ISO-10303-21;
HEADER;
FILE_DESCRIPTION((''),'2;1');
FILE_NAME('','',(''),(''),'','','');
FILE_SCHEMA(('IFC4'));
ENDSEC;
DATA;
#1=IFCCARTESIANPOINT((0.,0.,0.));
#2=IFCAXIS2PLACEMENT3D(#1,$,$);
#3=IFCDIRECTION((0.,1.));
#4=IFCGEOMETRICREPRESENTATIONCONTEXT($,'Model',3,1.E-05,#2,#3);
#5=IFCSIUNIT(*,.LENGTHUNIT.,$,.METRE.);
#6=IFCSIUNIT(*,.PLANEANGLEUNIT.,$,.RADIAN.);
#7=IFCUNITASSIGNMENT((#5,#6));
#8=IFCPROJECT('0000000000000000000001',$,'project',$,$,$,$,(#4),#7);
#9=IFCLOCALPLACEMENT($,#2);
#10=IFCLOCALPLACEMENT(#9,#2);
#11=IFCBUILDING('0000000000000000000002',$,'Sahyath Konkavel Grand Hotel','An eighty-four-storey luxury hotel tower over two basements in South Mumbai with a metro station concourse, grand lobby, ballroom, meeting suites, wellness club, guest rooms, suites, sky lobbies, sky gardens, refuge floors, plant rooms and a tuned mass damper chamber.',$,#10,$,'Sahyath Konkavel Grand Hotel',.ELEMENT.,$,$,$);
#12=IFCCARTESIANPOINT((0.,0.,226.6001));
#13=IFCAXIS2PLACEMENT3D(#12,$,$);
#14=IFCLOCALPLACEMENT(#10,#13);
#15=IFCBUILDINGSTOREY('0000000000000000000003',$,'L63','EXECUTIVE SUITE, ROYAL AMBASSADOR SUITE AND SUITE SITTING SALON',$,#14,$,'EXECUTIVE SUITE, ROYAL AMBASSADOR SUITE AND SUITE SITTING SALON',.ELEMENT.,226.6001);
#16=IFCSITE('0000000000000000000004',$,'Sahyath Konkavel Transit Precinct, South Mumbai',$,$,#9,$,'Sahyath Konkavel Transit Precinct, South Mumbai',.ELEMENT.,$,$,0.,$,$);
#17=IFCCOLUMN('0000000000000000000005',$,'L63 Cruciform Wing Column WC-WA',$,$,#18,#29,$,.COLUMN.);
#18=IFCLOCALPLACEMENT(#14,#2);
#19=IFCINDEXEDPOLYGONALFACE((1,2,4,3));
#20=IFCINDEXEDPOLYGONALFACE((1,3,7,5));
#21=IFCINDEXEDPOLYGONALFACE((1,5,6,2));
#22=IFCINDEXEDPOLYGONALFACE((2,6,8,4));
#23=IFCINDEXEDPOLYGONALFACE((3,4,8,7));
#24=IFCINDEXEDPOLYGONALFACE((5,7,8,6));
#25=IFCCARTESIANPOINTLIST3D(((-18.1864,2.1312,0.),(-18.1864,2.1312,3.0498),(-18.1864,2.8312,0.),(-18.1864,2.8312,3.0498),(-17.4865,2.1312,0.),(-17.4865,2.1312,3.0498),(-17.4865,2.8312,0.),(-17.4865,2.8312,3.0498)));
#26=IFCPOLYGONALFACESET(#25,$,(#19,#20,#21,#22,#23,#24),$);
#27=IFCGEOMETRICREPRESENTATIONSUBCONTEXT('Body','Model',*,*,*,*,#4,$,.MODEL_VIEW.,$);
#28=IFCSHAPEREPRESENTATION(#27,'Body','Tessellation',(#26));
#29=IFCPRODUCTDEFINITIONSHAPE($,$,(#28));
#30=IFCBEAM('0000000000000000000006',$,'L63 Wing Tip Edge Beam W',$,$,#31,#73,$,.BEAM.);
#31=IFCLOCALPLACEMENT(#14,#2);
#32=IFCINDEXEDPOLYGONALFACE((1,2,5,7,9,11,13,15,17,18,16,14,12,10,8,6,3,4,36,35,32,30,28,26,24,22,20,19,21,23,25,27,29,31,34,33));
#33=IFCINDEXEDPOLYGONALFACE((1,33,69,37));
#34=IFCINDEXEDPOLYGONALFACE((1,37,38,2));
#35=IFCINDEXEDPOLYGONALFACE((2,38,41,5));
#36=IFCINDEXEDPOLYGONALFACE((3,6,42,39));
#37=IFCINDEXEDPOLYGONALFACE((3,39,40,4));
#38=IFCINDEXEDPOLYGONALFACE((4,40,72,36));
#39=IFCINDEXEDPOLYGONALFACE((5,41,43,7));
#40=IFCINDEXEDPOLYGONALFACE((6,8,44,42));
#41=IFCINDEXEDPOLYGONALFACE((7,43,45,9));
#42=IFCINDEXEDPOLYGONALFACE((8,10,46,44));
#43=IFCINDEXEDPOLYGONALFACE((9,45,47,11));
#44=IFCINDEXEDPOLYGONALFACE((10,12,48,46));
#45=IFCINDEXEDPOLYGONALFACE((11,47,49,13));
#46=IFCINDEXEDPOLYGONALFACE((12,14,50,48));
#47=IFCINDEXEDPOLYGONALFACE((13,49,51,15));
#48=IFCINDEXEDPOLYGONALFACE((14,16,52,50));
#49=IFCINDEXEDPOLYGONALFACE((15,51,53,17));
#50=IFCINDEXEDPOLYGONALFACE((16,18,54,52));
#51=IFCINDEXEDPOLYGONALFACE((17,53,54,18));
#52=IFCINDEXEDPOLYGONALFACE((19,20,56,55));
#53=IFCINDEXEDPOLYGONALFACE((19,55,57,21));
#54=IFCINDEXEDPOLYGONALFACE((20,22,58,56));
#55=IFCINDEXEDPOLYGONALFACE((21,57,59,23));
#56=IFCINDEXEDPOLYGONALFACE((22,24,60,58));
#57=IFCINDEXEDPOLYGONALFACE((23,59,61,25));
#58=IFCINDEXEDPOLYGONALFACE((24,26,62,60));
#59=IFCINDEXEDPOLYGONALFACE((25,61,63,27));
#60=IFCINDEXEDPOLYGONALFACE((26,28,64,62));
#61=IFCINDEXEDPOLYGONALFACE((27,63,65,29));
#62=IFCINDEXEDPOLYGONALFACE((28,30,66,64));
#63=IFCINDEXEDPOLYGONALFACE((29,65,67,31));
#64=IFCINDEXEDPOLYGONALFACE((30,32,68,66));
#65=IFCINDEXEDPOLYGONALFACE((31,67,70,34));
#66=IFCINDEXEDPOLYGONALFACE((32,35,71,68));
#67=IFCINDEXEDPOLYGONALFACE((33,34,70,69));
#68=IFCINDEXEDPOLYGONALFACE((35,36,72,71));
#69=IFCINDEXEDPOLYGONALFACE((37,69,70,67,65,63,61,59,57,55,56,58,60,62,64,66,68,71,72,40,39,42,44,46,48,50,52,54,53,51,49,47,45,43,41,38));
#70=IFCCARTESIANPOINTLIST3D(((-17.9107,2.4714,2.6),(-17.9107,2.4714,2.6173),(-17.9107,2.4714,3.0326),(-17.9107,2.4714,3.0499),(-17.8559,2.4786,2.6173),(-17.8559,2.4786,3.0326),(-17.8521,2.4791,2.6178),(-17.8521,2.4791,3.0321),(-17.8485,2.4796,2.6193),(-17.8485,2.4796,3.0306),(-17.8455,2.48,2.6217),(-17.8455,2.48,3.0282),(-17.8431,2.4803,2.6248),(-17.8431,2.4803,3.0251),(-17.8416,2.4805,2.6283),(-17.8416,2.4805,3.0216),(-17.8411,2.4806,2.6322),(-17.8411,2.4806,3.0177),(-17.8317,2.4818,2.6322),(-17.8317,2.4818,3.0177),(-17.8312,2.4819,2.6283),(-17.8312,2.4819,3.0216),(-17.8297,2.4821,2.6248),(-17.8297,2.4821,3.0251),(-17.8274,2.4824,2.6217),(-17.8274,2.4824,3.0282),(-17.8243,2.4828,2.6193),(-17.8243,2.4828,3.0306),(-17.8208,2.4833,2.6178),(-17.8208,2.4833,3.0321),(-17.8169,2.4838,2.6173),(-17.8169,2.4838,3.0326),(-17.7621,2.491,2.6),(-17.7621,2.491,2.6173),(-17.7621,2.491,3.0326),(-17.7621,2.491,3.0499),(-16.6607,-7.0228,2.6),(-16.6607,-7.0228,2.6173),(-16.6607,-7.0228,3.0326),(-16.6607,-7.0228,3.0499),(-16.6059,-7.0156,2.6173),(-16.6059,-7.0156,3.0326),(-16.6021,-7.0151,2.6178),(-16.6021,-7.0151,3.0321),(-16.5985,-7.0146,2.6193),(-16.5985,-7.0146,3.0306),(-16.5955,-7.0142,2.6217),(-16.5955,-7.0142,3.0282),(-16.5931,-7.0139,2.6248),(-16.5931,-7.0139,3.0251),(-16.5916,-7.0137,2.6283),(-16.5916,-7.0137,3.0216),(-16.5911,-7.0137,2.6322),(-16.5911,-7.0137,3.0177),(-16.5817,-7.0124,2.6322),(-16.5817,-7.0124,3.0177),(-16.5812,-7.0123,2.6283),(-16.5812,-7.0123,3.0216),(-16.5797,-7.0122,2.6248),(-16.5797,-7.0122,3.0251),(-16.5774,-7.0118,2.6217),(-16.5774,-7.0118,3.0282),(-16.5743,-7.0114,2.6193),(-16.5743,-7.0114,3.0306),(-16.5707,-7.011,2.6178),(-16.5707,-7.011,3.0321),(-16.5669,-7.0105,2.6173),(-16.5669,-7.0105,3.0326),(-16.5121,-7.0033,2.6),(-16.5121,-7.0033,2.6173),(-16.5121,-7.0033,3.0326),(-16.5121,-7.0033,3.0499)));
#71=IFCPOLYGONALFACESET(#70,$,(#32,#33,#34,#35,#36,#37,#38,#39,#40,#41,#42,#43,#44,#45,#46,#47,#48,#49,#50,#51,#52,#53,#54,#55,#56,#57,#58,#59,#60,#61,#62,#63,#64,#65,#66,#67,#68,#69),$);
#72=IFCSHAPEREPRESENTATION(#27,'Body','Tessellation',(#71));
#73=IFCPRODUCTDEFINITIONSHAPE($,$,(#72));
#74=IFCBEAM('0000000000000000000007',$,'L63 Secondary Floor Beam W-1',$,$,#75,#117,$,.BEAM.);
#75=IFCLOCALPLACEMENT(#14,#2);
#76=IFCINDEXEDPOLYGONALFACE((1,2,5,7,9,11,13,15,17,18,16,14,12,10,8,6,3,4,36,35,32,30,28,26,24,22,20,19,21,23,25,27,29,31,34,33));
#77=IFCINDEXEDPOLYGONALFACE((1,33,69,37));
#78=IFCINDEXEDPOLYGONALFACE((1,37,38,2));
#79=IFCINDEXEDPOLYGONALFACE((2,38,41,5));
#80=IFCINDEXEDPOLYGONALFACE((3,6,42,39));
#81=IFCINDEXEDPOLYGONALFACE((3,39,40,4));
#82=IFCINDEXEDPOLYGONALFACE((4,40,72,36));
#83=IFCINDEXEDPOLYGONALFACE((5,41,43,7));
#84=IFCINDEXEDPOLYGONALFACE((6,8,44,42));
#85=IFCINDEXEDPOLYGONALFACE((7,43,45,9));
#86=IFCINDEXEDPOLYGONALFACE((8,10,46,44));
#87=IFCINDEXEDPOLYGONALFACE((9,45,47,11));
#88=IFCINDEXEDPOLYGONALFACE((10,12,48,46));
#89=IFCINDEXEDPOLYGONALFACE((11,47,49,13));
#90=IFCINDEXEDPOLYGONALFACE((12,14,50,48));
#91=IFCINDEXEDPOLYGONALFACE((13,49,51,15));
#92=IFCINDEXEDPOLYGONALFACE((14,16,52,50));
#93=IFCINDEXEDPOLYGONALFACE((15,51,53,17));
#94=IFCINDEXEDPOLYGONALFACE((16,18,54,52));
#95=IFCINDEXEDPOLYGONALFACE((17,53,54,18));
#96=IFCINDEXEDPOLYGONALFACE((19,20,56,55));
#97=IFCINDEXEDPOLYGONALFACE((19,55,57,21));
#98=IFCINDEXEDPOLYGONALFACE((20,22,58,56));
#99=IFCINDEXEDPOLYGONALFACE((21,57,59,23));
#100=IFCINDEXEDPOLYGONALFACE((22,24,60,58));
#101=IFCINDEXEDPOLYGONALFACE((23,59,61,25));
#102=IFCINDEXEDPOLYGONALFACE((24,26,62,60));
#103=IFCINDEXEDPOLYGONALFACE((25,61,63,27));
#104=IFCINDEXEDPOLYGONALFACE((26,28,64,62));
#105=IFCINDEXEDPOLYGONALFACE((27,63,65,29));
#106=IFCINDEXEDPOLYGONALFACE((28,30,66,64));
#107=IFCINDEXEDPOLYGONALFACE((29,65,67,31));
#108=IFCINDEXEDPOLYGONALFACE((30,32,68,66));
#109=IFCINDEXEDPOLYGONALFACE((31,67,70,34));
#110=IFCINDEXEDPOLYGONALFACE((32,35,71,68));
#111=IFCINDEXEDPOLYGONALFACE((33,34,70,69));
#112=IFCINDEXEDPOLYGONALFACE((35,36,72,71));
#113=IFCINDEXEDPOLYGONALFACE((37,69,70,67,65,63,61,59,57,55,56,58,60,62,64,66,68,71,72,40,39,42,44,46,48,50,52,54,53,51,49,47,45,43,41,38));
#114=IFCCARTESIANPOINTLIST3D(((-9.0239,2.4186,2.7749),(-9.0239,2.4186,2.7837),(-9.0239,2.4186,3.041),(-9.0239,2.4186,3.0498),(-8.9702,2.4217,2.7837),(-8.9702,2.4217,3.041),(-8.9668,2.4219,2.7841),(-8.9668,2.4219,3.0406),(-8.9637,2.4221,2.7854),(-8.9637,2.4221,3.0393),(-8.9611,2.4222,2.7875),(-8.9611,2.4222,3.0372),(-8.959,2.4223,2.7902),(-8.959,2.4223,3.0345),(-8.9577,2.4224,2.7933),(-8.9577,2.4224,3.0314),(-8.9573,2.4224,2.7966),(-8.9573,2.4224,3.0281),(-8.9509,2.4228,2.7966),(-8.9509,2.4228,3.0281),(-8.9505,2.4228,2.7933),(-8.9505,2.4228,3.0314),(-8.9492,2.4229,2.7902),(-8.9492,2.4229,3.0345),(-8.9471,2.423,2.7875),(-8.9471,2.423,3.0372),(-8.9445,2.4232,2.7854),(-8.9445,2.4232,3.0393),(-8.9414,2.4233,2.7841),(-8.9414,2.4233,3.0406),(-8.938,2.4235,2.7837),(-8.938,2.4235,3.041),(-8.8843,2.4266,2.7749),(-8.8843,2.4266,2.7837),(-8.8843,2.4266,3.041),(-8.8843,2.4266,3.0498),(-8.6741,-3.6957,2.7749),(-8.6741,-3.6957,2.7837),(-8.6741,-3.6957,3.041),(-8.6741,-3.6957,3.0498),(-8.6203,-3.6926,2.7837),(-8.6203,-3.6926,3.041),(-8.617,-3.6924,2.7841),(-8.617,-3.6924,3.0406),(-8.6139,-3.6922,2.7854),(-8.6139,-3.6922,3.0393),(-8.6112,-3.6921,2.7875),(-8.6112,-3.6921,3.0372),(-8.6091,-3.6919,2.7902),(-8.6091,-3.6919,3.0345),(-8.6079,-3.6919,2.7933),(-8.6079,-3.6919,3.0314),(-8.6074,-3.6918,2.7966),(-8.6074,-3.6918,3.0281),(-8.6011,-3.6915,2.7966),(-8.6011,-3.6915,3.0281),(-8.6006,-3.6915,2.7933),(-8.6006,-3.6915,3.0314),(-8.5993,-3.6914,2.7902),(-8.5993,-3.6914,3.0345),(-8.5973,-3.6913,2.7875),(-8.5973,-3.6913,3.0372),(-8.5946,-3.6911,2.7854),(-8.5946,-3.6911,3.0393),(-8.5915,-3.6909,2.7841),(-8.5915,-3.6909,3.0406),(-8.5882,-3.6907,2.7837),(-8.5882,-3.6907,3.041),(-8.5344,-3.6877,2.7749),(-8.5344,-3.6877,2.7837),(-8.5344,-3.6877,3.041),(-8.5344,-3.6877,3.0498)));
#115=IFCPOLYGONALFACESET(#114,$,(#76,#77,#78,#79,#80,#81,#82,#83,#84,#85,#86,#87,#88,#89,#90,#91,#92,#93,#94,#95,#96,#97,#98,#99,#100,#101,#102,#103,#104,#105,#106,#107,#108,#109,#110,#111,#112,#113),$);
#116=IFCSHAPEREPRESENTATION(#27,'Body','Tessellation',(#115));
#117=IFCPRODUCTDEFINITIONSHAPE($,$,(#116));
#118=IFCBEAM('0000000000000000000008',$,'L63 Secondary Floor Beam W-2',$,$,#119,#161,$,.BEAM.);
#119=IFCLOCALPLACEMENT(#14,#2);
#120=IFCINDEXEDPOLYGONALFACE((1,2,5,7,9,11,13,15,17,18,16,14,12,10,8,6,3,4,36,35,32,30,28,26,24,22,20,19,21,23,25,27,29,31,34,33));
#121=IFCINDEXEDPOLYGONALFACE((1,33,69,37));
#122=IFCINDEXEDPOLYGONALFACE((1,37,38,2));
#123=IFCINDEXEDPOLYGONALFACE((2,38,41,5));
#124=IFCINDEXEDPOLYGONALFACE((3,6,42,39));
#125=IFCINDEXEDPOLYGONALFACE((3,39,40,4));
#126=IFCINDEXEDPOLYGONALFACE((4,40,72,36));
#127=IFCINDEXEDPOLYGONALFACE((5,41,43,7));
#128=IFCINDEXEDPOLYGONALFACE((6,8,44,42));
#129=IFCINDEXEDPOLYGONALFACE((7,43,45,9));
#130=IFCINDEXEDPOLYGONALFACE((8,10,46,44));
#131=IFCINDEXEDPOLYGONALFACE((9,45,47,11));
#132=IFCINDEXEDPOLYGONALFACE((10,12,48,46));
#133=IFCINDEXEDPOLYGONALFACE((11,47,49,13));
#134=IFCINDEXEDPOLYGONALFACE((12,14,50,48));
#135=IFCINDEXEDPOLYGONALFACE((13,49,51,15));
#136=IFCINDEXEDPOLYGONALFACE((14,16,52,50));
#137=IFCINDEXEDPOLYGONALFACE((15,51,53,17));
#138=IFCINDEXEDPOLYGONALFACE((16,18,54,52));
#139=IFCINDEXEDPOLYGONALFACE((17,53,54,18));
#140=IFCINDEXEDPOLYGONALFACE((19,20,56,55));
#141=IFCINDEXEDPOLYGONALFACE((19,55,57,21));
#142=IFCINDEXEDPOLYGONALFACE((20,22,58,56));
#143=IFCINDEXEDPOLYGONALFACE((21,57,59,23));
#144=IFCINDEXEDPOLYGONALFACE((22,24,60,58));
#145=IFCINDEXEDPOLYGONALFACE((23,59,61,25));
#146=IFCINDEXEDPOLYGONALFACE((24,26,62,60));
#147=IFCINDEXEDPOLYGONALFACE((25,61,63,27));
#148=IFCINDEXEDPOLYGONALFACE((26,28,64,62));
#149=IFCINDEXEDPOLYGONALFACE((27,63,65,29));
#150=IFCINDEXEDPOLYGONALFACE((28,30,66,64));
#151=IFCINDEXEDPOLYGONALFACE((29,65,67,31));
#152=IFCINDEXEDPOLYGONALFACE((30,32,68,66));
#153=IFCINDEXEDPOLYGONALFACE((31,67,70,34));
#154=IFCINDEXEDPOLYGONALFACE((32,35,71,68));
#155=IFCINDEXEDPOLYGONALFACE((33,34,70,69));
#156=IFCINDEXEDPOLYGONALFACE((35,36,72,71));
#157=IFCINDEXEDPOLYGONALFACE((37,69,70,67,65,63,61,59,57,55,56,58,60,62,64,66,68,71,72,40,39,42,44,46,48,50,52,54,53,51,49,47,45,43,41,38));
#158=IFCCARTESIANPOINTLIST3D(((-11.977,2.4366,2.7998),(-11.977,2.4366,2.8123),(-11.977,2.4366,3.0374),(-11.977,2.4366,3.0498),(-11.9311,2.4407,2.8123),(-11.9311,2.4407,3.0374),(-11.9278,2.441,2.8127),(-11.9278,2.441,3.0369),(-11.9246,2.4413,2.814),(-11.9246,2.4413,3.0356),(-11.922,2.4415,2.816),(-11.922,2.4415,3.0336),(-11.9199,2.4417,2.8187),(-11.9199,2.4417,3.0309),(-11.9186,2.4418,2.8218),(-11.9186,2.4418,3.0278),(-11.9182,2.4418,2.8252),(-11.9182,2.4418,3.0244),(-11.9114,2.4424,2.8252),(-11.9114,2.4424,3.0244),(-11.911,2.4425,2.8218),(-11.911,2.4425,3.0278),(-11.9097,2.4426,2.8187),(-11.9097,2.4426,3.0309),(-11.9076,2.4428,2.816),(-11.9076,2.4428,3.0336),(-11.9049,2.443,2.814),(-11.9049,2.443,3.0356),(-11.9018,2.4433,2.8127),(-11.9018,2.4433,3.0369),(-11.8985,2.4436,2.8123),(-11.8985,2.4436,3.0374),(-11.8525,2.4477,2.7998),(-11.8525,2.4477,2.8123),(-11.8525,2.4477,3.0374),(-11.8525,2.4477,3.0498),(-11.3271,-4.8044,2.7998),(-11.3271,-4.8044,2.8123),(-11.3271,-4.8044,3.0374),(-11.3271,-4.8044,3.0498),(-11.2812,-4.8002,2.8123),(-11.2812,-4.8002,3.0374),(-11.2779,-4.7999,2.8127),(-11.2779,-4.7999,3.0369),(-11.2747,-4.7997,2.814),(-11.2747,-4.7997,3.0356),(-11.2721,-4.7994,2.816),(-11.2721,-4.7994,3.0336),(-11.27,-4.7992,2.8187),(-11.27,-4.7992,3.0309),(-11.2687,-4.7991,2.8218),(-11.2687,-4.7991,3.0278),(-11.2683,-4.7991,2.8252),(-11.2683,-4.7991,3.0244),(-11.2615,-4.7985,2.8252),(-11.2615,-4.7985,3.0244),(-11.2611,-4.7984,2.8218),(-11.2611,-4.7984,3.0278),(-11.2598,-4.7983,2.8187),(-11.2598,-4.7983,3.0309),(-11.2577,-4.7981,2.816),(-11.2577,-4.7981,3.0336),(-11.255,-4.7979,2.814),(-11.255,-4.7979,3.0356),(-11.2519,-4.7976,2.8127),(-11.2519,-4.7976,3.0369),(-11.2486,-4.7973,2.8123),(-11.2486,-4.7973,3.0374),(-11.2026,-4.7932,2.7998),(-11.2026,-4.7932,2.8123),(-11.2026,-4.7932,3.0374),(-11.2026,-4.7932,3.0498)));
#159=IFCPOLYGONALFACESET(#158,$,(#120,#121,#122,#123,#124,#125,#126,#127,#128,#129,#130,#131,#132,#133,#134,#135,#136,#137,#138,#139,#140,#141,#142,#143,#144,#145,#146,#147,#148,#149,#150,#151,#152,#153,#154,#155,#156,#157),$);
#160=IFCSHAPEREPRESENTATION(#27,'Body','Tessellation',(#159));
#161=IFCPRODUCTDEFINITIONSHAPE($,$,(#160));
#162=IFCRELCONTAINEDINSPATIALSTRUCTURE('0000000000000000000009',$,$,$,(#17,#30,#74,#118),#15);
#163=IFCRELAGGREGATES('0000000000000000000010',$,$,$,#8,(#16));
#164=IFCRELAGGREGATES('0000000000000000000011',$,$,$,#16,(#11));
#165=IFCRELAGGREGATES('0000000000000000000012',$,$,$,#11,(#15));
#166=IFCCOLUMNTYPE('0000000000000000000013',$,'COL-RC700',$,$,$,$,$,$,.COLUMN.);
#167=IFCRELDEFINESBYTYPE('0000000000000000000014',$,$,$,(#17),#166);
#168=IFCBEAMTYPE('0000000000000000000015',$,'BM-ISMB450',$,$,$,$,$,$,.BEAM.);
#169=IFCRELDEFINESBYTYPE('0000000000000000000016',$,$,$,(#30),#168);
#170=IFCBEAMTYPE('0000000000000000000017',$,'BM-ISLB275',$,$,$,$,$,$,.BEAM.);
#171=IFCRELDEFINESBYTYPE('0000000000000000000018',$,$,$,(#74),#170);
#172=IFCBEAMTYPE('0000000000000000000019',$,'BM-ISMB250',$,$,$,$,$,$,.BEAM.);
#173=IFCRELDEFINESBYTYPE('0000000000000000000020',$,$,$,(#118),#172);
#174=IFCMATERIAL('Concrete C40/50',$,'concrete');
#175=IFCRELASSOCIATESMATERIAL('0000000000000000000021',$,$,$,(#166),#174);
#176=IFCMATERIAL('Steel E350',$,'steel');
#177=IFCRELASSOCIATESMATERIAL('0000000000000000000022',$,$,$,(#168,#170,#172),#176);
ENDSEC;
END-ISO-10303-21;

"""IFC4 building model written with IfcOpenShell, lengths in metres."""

from ifc_helpers import new_model, si_unit, direction, frame, origin, origin_2d, place, context, subcontext, project, spatial, rectangle, i_section, extrude, source, transform, mapped, material, material_profile, profile_set, type_object, element, save


model = new_model("IFC4")

# Units and contexts
model_context = context("Model", 3, precision=1e-05, world=origin(), true_north=direction((0.0, 1.0)))
body_context = subcontext(model_context, "Body", "Model", "MODEL_VIEW")
ifc_project = project(units=[si_unit("LENGTHUNIT", "METRE"), si_unit("PLANEANGLEUNIT", "RADIAN")], contexts=[model_context])

# Site, building, storey
site_placement = place(None, origin())
site = spatial("IfcSite", under=ifc_project, at=site_placement, Name="Sahyath Konkavel Transit Precinct, South Mumbai", LongName="Sahyath Konkavel Transit Precinct, South Mumbai", CompositionType="ELEMENT", RefElevation=0.0)
building_placement = place(site_placement, origin())
building = spatial("IfcBuilding", under=site, at=building_placement, Name="Sahyath Konkavel Grand Hotel", Description="An eighty-four-storey luxury hotel tower over two basements in South Mumbai with a metro station concourse, grand lobby, ballroom, meeting suites, wellness club, guest rooms, suites, sky lobbies, sky gardens, refuge floors, plant rooms and a tuned mass damper chamber.", LongName="Sahyath Konkavel Grand Hotel", CompositionType="ELEMENT")
storey_placement = place(building_placement, frame((0.0, 0.0, 226.6001)))
storey = spatial("IfcBuildingStorey", under=building, at=storey_placement, Name="L63", Description="EXECUTIVE SUITE, ROYAL AMBASSADOR SUITE AND SUITE SITTING SALON", LongName="EXECUTIVE SUITE, ROYAL AMBASSADOR SUITE AND SUITE SITTING SALON", CompositionType="ELEMENT", Elevation=226.6001)

# Column
ifc_material_1 = material(Name="Concrete C40/50", Category="concrete")
ifc_material_profile_1 = material_profile(ifc_material_1, rectangle(XDim=0.7, YDim=0.7, at=origin_2d()), Name="RC 700x700")
ifc_profile_set_1 = profile_set([ifc_material_profile_1], Name="Concrete C40/50")
column_type = type_object("IfcColumnType", Name="COL-RC700", PredefinedType="COLUMN", material=ifc_profile_set_1)
shared_shape_1 = source(origin(), body_context, "Body", "SweptSolid", [
    extrude(rectangle(XDim=0.7, YDim=0.7, at=origin_2d()), origin(), (0.0, 0.0, 1.0), 3.0498),
])
column_placement = place(storey_placement, frame((-17.8364, 2.4812, 0.0), z_axis=(0.0, 0.0, 1.0), x_axis=(1.0, 0.0, 0.0)))
element("IfcColumn", 1, at=column_placement, inside=storey, type_object=column_type, Name="L63 Cruciform Wing Column WC-WA", PredefinedType="COLUMN", context=body_context, shape_type="MappedRepresentation", body=[
    mapped(shared_shape_1, transform((0.0, 0.0, 0.0), scale=1.0)),
])

# Beams
ifc_material_2 = material(Name="Steel E350", Category="steel")
ifc_material_profile_2 = material_profile(ifc_material_2, i_section(OverallWidth=0.1499, OverallDepth=0.45, WebThickness=0.0095, FlangeThickness=0.0173, FilletRadius=0.0149, at=origin_2d()), Name="ISMB 450")
ifc_profile_set_2 = profile_set([ifc_material_profile_2], Name="Steel E350")
beam_type_1 = type_object("IfcBeamType", Name="BM-ISMB450", PredefinedType="BEAM", material=ifc_profile_set_2)
shared_shape_2 = source(origin(), body_context, "Body", "SweptSolid", [
    extrude(i_section(OverallWidth=0.1499, OverallDepth=0.45, WebThickness=0.0095, FlangeThickness=0.0173, FilletRadius=0.0149, at=origin_2d()), origin(), (0.0, 0.0, 1.0), 9.5762),
])
beam_1_placement = place(storey_placement, frame((-17.8364, 2.4812, 2.825), z_axis=(0.130534, -0.991444, 0.0), x_axis=(0.991444, 0.130534, 0.0)))
element("IfcBeam", 2, at=beam_1_placement, inside=storey, type_object=beam_type_1, Name="L63 Wing Tip Edge Beam W", PredefinedType="BEAM", context=body_context, shape_type="MappedRepresentation", body=[
    mapped(shared_shape_2, transform((0.0, 0.0, 0.0), scale=1.0)),
])
ifc_material_profile_3 = material_profile(ifc_material_2, i_section(OverallWidth=0.1399, OverallDepth=0.2749, WebThickness=0.0063, FlangeThickness=0.0088, FilletRadius=0.0129, at=origin_2d()), Name="ISLB 275")
ifc_profile_set_3 = profile_set([ifc_material_profile_3], Name="Steel E350")
beam_type_2 = type_object("IfcBeamType", Name="BM-ISLB275", PredefinedType="BEAM", material=ifc_profile_set_3)
shared_shape_3 = source(origin(), body_context, "Body", "SweptSolid", [
    extrude(i_section(OverallWidth=0.1399, OverallDepth=0.2749, WebThickness=0.0063, FlangeThickness=0.0088, FilletRadius=0.0129, at=origin_2d()), origin(), (0.0, 0.0, 1.0), 6.1243),
])
beam_2_placement = place(storey_placement, frame((-8.9541, 2.4226, 2.9124), z_axis=(0.057126, -0.998367, 0.0), x_axis=(0.998367, 0.057126, 0.0)))
element("IfcBeam", 3, at=beam_2_placement, inside=storey, type_object=beam_type_2, Name="L63 Secondary Floor Beam W-1", PredefinedType="BEAM", context=body_context, shape_type="MappedRepresentation", body=[
    mapped(shared_shape_3, transform((0.0, 0.0, 0.0), scale=1.0)),
])
ifc_material_profile_4 = material_profile(ifc_material_2, i_section(OverallWidth=0.125, OverallDepth=0.25, WebThickness=0.0068, FlangeThickness=0.0125, FilletRadius=0.0129, at=origin_2d()), Name="ISMB 250")
ifc_profile_set_4 = profile_set([ifc_material_profile_4], Name="Steel E350")
beam_type_3 = type_object("IfcBeamType", Name="BM-ISMB250", PredefinedType="BEAM", material=ifc_profile_set_4)
shared_shape_4 = source(origin(), body_context, "Body", "SweptSolid", [
    extrude(i_section(OverallWidth=0.125, OverallDepth=0.25, WebThickness=0.0068, FlangeThickness=0.0125, FilletRadius=0.0129, at=origin_2d()), origin(), (0.0, 0.0, 1.0), 7.27),
])
beam_3_placement = place(storey_placement, frame((-11.9148, 2.4421, 2.9248), z_axis=(0.089394, -0.995996, 0.0), x_axis=(0.995996, 0.089394, 0.0)))
element("IfcBeam", 4, at=beam_3_placement, inside=storey, type_object=beam_type_3, Name="L63 Secondary Floor Beam W-2", PredefinedType="BEAM", context=body_context, shape_type="MappedRepresentation", body=[
    mapped(shared_shape_4, transform((0.0, 0.0, 0.0), scale=1.0)),
])

save(model, "model.ifc")
